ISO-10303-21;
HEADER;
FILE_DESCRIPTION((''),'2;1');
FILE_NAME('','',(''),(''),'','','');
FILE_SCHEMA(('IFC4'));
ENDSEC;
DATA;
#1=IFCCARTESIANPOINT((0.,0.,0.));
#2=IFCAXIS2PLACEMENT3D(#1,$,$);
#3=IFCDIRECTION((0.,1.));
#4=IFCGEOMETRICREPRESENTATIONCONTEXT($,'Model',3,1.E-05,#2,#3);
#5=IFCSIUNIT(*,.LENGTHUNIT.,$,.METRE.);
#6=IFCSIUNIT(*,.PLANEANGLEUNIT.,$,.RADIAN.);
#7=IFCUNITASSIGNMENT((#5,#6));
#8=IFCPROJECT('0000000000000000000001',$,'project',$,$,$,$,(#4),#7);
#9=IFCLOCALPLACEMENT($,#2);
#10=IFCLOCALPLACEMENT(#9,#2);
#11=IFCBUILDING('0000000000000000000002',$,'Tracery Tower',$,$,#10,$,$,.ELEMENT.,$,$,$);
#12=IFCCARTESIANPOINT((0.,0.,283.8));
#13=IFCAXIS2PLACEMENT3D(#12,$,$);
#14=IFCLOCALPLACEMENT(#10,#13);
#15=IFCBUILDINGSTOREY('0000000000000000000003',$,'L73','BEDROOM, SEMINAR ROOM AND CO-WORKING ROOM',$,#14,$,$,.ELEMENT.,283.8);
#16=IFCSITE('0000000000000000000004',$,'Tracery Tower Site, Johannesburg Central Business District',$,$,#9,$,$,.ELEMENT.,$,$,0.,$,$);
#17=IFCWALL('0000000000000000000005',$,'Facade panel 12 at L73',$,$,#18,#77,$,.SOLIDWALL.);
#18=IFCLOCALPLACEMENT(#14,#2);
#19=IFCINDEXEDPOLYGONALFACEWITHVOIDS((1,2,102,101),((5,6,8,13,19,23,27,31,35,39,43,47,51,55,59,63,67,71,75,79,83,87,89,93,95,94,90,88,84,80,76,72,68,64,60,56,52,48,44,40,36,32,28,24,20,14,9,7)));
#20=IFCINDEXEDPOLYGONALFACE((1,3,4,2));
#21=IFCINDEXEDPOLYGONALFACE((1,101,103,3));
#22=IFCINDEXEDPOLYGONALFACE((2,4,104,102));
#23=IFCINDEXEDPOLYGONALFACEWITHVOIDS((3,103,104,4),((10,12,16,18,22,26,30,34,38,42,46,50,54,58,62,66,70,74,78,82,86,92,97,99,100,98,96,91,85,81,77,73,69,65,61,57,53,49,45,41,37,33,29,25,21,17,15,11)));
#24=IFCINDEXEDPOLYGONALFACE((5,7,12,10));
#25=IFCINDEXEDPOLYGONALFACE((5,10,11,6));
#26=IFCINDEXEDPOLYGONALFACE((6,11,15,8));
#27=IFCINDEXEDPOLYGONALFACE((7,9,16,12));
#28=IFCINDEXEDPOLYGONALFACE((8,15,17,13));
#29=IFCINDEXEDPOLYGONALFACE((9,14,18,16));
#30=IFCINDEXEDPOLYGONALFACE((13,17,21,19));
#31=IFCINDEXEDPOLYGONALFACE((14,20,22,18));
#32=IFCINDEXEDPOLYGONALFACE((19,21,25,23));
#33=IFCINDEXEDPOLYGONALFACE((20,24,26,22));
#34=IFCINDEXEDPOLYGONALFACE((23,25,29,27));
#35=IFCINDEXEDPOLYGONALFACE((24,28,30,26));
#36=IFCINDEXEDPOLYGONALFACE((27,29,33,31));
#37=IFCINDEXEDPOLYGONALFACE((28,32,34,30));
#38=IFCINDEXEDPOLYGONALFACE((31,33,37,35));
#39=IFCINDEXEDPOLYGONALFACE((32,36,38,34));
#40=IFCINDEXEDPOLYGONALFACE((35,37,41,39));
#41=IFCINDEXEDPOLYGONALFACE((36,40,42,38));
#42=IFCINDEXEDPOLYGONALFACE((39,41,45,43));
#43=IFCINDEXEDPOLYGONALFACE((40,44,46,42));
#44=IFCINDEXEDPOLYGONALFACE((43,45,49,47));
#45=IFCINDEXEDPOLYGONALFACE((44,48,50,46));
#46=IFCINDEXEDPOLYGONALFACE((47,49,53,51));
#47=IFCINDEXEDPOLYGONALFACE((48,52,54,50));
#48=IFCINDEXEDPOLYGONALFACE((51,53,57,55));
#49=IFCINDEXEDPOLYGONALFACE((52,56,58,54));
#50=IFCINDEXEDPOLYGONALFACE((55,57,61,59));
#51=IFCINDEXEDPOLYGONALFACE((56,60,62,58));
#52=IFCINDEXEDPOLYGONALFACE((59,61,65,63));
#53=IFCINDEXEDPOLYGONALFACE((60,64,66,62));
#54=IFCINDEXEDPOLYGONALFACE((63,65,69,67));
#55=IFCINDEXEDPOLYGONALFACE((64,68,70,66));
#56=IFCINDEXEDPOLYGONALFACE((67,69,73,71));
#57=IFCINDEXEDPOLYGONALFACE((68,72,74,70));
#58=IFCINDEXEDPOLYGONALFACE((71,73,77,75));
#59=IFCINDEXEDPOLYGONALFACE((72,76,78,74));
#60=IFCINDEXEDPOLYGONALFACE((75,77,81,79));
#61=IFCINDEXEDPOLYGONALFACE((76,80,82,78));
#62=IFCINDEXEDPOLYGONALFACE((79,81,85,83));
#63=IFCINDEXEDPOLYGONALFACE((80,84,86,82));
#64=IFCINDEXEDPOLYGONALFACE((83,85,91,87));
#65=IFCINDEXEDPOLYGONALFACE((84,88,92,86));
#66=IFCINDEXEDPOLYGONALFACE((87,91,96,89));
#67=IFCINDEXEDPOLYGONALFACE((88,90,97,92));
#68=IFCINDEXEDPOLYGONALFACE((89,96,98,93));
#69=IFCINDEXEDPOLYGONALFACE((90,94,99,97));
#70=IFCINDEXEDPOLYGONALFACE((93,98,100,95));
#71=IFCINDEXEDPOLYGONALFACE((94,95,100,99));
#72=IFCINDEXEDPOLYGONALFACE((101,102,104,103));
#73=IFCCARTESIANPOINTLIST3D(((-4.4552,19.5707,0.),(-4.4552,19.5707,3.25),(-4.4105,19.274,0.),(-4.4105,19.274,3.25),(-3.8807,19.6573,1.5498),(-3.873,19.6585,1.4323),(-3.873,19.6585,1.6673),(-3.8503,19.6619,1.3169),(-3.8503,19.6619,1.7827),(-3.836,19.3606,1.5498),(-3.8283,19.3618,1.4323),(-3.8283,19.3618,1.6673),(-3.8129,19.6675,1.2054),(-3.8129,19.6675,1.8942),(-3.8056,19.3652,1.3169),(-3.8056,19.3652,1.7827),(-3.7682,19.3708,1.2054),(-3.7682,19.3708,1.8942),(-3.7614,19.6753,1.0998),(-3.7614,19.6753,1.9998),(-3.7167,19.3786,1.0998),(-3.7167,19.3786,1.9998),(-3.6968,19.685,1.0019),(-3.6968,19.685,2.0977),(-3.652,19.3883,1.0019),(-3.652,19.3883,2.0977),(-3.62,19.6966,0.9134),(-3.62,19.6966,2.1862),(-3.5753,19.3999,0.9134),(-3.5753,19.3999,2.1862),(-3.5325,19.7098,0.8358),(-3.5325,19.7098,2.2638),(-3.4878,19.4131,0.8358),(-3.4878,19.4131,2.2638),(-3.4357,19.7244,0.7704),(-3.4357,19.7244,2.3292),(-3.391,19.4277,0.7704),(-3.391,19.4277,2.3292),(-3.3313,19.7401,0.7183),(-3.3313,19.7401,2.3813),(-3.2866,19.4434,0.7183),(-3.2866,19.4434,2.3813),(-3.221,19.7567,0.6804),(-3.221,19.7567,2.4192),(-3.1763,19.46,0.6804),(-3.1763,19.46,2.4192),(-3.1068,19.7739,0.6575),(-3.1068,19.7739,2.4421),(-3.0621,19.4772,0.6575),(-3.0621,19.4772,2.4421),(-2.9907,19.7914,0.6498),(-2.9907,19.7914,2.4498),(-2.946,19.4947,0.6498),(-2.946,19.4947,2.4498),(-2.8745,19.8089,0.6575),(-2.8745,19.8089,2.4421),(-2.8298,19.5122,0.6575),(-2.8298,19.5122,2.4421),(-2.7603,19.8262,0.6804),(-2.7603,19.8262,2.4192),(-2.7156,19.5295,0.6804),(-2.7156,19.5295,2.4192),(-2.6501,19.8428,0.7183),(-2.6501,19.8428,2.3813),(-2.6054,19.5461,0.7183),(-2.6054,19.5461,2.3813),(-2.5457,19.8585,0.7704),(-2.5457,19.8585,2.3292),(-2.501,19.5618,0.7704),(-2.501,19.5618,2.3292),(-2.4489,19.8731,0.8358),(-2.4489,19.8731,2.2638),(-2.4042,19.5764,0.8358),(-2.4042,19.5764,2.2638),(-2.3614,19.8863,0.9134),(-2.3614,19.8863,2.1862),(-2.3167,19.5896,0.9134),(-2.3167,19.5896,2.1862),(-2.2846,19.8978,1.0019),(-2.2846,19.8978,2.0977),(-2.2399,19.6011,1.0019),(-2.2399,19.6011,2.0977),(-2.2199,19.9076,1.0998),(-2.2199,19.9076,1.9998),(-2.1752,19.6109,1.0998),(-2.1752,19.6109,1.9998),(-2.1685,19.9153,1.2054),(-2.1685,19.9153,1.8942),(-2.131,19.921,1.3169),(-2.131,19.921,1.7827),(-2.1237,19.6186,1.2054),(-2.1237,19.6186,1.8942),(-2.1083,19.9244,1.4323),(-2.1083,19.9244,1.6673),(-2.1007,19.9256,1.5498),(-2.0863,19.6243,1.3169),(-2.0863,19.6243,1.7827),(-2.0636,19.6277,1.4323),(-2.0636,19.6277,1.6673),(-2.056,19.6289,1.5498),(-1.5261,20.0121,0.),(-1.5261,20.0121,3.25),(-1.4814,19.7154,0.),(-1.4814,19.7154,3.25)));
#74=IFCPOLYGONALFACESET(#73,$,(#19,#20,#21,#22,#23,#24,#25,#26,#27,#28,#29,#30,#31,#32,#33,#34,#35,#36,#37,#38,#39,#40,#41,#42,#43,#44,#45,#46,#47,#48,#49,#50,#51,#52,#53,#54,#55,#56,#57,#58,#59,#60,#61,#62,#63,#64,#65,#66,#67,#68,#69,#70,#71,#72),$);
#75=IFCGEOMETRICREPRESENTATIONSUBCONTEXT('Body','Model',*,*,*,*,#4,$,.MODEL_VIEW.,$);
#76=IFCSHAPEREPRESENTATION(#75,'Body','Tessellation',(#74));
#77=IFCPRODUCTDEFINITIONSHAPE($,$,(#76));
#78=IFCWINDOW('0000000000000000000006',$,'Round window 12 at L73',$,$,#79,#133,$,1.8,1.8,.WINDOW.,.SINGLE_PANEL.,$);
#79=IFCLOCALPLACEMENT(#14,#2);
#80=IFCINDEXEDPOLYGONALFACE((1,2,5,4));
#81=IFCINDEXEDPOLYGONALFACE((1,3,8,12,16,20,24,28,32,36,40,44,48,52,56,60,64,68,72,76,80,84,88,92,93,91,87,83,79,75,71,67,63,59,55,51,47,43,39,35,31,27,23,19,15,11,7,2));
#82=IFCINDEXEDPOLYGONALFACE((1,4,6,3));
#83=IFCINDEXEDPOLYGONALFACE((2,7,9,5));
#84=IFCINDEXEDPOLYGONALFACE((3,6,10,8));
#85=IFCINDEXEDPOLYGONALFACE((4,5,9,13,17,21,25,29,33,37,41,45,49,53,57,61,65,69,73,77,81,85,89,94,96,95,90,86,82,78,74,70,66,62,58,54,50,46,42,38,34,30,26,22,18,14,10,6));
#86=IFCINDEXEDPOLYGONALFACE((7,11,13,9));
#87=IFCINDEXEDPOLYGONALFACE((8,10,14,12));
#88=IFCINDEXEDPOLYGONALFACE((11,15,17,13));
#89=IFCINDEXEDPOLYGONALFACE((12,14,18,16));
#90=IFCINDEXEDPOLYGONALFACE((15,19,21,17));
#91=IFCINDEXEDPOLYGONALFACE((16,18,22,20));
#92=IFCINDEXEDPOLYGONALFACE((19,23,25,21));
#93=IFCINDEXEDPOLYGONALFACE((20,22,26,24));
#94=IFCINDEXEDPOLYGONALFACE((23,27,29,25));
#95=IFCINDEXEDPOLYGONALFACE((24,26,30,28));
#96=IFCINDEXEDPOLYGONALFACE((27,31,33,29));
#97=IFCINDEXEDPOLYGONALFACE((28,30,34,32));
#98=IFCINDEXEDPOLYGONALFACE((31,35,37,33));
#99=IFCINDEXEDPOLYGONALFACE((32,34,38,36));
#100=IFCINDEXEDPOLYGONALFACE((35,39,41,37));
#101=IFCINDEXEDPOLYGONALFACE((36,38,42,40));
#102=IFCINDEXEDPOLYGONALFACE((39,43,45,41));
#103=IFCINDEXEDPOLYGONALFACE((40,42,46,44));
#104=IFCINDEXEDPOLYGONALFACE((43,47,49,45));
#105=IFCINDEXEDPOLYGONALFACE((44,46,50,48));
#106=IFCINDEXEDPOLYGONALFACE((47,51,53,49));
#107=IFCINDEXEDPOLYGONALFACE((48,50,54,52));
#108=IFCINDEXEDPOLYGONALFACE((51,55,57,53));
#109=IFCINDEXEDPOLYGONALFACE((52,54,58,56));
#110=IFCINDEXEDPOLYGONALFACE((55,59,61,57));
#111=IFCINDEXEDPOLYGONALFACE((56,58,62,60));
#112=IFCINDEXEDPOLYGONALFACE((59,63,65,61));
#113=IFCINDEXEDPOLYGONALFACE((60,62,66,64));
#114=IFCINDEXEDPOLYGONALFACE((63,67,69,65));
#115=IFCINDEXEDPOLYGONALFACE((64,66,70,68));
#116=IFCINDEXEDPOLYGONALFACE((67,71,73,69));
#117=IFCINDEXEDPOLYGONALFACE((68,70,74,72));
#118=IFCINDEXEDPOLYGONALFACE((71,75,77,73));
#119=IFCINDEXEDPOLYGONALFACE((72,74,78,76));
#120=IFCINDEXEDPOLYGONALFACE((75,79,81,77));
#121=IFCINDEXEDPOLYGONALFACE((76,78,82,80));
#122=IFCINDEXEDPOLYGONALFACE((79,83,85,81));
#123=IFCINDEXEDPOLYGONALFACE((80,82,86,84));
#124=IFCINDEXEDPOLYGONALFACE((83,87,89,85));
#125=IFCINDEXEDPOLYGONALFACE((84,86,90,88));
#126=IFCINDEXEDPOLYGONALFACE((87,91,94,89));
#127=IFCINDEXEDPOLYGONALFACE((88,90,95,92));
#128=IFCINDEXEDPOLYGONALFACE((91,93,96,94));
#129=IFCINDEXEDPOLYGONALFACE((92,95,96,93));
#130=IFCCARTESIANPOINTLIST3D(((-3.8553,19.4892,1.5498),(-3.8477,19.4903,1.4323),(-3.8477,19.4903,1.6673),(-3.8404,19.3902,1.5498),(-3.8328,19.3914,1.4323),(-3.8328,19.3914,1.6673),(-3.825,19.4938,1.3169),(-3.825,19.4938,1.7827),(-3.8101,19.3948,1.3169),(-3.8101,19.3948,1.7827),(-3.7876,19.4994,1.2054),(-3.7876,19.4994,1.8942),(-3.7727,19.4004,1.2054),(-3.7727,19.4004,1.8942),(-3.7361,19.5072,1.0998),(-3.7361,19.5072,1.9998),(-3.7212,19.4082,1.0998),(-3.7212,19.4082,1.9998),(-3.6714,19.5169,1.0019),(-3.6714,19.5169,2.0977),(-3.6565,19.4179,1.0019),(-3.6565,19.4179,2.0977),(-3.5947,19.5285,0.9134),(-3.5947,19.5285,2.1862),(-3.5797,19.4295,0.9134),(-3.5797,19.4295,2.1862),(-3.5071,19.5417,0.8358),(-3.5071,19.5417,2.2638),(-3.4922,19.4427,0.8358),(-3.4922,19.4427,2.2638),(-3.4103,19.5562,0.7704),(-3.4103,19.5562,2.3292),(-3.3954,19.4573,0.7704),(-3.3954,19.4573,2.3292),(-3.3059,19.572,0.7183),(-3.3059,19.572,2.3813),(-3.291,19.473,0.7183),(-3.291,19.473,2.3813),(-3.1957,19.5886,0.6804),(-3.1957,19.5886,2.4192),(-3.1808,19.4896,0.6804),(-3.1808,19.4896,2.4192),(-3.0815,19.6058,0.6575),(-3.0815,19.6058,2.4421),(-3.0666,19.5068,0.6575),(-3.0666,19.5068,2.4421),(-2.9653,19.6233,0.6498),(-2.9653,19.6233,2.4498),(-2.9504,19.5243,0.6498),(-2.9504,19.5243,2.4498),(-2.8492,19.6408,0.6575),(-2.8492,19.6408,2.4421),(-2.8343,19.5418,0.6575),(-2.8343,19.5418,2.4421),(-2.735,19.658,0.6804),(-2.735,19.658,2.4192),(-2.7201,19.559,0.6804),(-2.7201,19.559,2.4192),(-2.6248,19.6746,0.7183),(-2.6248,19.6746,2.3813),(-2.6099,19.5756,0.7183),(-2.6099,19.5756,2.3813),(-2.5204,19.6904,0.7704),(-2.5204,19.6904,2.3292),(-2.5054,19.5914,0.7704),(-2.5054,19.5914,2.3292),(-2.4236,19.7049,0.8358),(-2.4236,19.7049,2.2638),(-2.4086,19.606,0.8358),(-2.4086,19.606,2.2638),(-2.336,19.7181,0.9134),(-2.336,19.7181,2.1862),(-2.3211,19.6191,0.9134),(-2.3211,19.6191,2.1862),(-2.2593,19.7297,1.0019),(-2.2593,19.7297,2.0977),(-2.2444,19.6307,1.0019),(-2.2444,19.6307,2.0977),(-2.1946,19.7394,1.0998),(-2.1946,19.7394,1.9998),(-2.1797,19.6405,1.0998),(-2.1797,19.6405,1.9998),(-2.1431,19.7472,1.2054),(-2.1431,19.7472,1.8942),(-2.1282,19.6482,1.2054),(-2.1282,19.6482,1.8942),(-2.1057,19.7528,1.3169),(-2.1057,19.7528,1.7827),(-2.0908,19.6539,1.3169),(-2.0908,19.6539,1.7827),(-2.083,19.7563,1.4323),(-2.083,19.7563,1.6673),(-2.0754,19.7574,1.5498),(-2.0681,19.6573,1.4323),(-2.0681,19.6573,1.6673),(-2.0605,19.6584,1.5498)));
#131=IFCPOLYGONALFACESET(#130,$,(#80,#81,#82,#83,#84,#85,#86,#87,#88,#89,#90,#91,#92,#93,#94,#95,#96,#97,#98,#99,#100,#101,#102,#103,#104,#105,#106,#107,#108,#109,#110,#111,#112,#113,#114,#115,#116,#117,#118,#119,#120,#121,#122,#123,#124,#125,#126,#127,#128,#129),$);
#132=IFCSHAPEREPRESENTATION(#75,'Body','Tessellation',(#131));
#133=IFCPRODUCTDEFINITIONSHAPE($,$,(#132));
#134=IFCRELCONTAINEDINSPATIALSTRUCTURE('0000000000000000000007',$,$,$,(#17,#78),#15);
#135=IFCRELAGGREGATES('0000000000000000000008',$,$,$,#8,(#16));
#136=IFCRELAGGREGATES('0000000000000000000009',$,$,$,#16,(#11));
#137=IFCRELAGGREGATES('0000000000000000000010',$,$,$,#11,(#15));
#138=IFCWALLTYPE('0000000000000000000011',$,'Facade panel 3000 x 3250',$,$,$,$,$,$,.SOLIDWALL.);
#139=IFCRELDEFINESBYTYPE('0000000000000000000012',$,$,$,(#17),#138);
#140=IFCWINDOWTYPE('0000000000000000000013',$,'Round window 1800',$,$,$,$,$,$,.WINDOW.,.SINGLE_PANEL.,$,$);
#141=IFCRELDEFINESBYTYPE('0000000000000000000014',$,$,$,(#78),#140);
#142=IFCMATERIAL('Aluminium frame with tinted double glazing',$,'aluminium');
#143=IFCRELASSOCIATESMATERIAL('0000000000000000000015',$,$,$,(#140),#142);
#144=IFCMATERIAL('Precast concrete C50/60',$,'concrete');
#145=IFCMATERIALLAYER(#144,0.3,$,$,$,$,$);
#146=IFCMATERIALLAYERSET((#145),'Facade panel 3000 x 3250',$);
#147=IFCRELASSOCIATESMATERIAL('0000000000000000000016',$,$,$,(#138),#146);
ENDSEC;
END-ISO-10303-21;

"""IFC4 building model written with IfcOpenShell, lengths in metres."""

from ifc_helpers import new_model, si_unit, direction, frame, frame_2d, origin, origin_2d, place, context, subcontext, project, spatial, rectangle, circle, extrude, material, layer, layer_set, type_object, element, fill, save


model = new_model("IFC4")

# Units and contexts
model_context = context("Model", 3, precision=1e-05, world=origin(), true_north=direction((0.0, 1.0)))
body_context = subcontext(model_context, "Body", "Model", "MODEL_VIEW")
ifc_project = project(units=[si_unit("LENGTHUNIT", "METRE"), si_unit("PLANEANGLEUNIT", "RADIAN")], contexts=[model_context])

# Site, building, storey
site_placement = place(None, origin())
site = spatial("IfcSite", under=ifc_project, at=site_placement, Name="Tracery Tower Site, Johannesburg Central Business District", CompositionType="ELEMENT", RefElevation=0.0)
building_placement = place(site_placement, origin())
building = spatial("IfcBuilding", under=site, at=building_placement, Name="Tracery Tower", CompositionType="ELEMENT")
storey_placement = place(building_placement, frame((0.0, 0.0, 283.8)))
storey = spatial("IfcBuildingStorey", under=building, at=storey_placement, Name="L73", Description="BEDROOM, SEMINAR ROOM AND CO-WORKING ROOM", CompositionType="ELEMENT", Elevation=283.8)

# Wall, opening, window
ifc_material_1 = material(Name="Aluminium frame with tinted double glazing", Category="aluminium")
window_type = type_object("IfcWindowType", Name="Round window 1800", PartitioningType="SINGLE_PANEL", PredefinedType="WINDOW", material=ifc_material_1)
ifc_material_2 = material(Name="Precast concrete C50/60", Category="concrete")
ifc_layer_1 = layer(ifc_material_2, 0.3)
ifc_layer_set_1 = layer_set([ifc_layer_1], Name="Facade panel 3000 x 3250")
wall_type_1 = type_object("IfcWallType", Name="Facade panel 3000 x 3250", PredefinedType="SOLIDWALL", material=ifc_layer_set_1)
wall_1_placement = place(storey_placement, frame((-1.5039, 19.8638, 0.0), z_axis=(0.0, 0.0, 1.0), x_axis=(-0.988836, -0.149009, 0.0)))
wall_1 = element("IfcWall", 1, at=wall_1_placement, inside=storey, type_object=wall_type_1, Name="Facade panel 12 at L73", PredefinedType="SOLIDWALL", context=body_context, shape_type="SweptSolid", body=[
    extrude(rectangle(XDim=2.9622, YDim=0.3, at=frame_2d((1.481, 0.0))), origin(), (0.0, 0.0, 1.0), 3.25),
])
opening_1_placement = place(wall_1_placement, frame((1.481, 0.0, 1.5498)))
opening_1 = element("IfcOpeningElement", 2, at=opening_1_placement, cuts=wall_1, PredefinedType="OPENING", context=body_context, shape_type="SweptSolid", body=[
    extrude(circle(Radius=0.9, at=origin_2d()), frame((0.0, 0.1599, 0.0), z_axis=(0.0, -1.0, 0.0), x_axis=(1.0, 0.0, 0.0)), (0.0, 0.0, 1.0), 0.3201),
])
window_1_placement = place(opening_1_placement, origin())
window_1 = element("IfcWindow", 3, at=window_1_placement, inside=storey, type_object=window_type, Name="Round window 12 at L73", OverallHeight=1.8, OverallWidth=1.8, PartitioningType="SINGLE_PANEL", PredefinedType="WINDOW", context=body_context, shape_type="SweptSolid", body=[
    extrude(circle(Radius=0.9, at=origin_2d()), frame((0.0, 0.1201, 0.0), z_axis=(0.0, -1.0, 0.0), x_axis=(1.0, 0.0, 0.0)), (0.0, 0.0, 1.0), 0.1001),
])
fill(opening_1, window_1)

save(model, "model.ifc")
